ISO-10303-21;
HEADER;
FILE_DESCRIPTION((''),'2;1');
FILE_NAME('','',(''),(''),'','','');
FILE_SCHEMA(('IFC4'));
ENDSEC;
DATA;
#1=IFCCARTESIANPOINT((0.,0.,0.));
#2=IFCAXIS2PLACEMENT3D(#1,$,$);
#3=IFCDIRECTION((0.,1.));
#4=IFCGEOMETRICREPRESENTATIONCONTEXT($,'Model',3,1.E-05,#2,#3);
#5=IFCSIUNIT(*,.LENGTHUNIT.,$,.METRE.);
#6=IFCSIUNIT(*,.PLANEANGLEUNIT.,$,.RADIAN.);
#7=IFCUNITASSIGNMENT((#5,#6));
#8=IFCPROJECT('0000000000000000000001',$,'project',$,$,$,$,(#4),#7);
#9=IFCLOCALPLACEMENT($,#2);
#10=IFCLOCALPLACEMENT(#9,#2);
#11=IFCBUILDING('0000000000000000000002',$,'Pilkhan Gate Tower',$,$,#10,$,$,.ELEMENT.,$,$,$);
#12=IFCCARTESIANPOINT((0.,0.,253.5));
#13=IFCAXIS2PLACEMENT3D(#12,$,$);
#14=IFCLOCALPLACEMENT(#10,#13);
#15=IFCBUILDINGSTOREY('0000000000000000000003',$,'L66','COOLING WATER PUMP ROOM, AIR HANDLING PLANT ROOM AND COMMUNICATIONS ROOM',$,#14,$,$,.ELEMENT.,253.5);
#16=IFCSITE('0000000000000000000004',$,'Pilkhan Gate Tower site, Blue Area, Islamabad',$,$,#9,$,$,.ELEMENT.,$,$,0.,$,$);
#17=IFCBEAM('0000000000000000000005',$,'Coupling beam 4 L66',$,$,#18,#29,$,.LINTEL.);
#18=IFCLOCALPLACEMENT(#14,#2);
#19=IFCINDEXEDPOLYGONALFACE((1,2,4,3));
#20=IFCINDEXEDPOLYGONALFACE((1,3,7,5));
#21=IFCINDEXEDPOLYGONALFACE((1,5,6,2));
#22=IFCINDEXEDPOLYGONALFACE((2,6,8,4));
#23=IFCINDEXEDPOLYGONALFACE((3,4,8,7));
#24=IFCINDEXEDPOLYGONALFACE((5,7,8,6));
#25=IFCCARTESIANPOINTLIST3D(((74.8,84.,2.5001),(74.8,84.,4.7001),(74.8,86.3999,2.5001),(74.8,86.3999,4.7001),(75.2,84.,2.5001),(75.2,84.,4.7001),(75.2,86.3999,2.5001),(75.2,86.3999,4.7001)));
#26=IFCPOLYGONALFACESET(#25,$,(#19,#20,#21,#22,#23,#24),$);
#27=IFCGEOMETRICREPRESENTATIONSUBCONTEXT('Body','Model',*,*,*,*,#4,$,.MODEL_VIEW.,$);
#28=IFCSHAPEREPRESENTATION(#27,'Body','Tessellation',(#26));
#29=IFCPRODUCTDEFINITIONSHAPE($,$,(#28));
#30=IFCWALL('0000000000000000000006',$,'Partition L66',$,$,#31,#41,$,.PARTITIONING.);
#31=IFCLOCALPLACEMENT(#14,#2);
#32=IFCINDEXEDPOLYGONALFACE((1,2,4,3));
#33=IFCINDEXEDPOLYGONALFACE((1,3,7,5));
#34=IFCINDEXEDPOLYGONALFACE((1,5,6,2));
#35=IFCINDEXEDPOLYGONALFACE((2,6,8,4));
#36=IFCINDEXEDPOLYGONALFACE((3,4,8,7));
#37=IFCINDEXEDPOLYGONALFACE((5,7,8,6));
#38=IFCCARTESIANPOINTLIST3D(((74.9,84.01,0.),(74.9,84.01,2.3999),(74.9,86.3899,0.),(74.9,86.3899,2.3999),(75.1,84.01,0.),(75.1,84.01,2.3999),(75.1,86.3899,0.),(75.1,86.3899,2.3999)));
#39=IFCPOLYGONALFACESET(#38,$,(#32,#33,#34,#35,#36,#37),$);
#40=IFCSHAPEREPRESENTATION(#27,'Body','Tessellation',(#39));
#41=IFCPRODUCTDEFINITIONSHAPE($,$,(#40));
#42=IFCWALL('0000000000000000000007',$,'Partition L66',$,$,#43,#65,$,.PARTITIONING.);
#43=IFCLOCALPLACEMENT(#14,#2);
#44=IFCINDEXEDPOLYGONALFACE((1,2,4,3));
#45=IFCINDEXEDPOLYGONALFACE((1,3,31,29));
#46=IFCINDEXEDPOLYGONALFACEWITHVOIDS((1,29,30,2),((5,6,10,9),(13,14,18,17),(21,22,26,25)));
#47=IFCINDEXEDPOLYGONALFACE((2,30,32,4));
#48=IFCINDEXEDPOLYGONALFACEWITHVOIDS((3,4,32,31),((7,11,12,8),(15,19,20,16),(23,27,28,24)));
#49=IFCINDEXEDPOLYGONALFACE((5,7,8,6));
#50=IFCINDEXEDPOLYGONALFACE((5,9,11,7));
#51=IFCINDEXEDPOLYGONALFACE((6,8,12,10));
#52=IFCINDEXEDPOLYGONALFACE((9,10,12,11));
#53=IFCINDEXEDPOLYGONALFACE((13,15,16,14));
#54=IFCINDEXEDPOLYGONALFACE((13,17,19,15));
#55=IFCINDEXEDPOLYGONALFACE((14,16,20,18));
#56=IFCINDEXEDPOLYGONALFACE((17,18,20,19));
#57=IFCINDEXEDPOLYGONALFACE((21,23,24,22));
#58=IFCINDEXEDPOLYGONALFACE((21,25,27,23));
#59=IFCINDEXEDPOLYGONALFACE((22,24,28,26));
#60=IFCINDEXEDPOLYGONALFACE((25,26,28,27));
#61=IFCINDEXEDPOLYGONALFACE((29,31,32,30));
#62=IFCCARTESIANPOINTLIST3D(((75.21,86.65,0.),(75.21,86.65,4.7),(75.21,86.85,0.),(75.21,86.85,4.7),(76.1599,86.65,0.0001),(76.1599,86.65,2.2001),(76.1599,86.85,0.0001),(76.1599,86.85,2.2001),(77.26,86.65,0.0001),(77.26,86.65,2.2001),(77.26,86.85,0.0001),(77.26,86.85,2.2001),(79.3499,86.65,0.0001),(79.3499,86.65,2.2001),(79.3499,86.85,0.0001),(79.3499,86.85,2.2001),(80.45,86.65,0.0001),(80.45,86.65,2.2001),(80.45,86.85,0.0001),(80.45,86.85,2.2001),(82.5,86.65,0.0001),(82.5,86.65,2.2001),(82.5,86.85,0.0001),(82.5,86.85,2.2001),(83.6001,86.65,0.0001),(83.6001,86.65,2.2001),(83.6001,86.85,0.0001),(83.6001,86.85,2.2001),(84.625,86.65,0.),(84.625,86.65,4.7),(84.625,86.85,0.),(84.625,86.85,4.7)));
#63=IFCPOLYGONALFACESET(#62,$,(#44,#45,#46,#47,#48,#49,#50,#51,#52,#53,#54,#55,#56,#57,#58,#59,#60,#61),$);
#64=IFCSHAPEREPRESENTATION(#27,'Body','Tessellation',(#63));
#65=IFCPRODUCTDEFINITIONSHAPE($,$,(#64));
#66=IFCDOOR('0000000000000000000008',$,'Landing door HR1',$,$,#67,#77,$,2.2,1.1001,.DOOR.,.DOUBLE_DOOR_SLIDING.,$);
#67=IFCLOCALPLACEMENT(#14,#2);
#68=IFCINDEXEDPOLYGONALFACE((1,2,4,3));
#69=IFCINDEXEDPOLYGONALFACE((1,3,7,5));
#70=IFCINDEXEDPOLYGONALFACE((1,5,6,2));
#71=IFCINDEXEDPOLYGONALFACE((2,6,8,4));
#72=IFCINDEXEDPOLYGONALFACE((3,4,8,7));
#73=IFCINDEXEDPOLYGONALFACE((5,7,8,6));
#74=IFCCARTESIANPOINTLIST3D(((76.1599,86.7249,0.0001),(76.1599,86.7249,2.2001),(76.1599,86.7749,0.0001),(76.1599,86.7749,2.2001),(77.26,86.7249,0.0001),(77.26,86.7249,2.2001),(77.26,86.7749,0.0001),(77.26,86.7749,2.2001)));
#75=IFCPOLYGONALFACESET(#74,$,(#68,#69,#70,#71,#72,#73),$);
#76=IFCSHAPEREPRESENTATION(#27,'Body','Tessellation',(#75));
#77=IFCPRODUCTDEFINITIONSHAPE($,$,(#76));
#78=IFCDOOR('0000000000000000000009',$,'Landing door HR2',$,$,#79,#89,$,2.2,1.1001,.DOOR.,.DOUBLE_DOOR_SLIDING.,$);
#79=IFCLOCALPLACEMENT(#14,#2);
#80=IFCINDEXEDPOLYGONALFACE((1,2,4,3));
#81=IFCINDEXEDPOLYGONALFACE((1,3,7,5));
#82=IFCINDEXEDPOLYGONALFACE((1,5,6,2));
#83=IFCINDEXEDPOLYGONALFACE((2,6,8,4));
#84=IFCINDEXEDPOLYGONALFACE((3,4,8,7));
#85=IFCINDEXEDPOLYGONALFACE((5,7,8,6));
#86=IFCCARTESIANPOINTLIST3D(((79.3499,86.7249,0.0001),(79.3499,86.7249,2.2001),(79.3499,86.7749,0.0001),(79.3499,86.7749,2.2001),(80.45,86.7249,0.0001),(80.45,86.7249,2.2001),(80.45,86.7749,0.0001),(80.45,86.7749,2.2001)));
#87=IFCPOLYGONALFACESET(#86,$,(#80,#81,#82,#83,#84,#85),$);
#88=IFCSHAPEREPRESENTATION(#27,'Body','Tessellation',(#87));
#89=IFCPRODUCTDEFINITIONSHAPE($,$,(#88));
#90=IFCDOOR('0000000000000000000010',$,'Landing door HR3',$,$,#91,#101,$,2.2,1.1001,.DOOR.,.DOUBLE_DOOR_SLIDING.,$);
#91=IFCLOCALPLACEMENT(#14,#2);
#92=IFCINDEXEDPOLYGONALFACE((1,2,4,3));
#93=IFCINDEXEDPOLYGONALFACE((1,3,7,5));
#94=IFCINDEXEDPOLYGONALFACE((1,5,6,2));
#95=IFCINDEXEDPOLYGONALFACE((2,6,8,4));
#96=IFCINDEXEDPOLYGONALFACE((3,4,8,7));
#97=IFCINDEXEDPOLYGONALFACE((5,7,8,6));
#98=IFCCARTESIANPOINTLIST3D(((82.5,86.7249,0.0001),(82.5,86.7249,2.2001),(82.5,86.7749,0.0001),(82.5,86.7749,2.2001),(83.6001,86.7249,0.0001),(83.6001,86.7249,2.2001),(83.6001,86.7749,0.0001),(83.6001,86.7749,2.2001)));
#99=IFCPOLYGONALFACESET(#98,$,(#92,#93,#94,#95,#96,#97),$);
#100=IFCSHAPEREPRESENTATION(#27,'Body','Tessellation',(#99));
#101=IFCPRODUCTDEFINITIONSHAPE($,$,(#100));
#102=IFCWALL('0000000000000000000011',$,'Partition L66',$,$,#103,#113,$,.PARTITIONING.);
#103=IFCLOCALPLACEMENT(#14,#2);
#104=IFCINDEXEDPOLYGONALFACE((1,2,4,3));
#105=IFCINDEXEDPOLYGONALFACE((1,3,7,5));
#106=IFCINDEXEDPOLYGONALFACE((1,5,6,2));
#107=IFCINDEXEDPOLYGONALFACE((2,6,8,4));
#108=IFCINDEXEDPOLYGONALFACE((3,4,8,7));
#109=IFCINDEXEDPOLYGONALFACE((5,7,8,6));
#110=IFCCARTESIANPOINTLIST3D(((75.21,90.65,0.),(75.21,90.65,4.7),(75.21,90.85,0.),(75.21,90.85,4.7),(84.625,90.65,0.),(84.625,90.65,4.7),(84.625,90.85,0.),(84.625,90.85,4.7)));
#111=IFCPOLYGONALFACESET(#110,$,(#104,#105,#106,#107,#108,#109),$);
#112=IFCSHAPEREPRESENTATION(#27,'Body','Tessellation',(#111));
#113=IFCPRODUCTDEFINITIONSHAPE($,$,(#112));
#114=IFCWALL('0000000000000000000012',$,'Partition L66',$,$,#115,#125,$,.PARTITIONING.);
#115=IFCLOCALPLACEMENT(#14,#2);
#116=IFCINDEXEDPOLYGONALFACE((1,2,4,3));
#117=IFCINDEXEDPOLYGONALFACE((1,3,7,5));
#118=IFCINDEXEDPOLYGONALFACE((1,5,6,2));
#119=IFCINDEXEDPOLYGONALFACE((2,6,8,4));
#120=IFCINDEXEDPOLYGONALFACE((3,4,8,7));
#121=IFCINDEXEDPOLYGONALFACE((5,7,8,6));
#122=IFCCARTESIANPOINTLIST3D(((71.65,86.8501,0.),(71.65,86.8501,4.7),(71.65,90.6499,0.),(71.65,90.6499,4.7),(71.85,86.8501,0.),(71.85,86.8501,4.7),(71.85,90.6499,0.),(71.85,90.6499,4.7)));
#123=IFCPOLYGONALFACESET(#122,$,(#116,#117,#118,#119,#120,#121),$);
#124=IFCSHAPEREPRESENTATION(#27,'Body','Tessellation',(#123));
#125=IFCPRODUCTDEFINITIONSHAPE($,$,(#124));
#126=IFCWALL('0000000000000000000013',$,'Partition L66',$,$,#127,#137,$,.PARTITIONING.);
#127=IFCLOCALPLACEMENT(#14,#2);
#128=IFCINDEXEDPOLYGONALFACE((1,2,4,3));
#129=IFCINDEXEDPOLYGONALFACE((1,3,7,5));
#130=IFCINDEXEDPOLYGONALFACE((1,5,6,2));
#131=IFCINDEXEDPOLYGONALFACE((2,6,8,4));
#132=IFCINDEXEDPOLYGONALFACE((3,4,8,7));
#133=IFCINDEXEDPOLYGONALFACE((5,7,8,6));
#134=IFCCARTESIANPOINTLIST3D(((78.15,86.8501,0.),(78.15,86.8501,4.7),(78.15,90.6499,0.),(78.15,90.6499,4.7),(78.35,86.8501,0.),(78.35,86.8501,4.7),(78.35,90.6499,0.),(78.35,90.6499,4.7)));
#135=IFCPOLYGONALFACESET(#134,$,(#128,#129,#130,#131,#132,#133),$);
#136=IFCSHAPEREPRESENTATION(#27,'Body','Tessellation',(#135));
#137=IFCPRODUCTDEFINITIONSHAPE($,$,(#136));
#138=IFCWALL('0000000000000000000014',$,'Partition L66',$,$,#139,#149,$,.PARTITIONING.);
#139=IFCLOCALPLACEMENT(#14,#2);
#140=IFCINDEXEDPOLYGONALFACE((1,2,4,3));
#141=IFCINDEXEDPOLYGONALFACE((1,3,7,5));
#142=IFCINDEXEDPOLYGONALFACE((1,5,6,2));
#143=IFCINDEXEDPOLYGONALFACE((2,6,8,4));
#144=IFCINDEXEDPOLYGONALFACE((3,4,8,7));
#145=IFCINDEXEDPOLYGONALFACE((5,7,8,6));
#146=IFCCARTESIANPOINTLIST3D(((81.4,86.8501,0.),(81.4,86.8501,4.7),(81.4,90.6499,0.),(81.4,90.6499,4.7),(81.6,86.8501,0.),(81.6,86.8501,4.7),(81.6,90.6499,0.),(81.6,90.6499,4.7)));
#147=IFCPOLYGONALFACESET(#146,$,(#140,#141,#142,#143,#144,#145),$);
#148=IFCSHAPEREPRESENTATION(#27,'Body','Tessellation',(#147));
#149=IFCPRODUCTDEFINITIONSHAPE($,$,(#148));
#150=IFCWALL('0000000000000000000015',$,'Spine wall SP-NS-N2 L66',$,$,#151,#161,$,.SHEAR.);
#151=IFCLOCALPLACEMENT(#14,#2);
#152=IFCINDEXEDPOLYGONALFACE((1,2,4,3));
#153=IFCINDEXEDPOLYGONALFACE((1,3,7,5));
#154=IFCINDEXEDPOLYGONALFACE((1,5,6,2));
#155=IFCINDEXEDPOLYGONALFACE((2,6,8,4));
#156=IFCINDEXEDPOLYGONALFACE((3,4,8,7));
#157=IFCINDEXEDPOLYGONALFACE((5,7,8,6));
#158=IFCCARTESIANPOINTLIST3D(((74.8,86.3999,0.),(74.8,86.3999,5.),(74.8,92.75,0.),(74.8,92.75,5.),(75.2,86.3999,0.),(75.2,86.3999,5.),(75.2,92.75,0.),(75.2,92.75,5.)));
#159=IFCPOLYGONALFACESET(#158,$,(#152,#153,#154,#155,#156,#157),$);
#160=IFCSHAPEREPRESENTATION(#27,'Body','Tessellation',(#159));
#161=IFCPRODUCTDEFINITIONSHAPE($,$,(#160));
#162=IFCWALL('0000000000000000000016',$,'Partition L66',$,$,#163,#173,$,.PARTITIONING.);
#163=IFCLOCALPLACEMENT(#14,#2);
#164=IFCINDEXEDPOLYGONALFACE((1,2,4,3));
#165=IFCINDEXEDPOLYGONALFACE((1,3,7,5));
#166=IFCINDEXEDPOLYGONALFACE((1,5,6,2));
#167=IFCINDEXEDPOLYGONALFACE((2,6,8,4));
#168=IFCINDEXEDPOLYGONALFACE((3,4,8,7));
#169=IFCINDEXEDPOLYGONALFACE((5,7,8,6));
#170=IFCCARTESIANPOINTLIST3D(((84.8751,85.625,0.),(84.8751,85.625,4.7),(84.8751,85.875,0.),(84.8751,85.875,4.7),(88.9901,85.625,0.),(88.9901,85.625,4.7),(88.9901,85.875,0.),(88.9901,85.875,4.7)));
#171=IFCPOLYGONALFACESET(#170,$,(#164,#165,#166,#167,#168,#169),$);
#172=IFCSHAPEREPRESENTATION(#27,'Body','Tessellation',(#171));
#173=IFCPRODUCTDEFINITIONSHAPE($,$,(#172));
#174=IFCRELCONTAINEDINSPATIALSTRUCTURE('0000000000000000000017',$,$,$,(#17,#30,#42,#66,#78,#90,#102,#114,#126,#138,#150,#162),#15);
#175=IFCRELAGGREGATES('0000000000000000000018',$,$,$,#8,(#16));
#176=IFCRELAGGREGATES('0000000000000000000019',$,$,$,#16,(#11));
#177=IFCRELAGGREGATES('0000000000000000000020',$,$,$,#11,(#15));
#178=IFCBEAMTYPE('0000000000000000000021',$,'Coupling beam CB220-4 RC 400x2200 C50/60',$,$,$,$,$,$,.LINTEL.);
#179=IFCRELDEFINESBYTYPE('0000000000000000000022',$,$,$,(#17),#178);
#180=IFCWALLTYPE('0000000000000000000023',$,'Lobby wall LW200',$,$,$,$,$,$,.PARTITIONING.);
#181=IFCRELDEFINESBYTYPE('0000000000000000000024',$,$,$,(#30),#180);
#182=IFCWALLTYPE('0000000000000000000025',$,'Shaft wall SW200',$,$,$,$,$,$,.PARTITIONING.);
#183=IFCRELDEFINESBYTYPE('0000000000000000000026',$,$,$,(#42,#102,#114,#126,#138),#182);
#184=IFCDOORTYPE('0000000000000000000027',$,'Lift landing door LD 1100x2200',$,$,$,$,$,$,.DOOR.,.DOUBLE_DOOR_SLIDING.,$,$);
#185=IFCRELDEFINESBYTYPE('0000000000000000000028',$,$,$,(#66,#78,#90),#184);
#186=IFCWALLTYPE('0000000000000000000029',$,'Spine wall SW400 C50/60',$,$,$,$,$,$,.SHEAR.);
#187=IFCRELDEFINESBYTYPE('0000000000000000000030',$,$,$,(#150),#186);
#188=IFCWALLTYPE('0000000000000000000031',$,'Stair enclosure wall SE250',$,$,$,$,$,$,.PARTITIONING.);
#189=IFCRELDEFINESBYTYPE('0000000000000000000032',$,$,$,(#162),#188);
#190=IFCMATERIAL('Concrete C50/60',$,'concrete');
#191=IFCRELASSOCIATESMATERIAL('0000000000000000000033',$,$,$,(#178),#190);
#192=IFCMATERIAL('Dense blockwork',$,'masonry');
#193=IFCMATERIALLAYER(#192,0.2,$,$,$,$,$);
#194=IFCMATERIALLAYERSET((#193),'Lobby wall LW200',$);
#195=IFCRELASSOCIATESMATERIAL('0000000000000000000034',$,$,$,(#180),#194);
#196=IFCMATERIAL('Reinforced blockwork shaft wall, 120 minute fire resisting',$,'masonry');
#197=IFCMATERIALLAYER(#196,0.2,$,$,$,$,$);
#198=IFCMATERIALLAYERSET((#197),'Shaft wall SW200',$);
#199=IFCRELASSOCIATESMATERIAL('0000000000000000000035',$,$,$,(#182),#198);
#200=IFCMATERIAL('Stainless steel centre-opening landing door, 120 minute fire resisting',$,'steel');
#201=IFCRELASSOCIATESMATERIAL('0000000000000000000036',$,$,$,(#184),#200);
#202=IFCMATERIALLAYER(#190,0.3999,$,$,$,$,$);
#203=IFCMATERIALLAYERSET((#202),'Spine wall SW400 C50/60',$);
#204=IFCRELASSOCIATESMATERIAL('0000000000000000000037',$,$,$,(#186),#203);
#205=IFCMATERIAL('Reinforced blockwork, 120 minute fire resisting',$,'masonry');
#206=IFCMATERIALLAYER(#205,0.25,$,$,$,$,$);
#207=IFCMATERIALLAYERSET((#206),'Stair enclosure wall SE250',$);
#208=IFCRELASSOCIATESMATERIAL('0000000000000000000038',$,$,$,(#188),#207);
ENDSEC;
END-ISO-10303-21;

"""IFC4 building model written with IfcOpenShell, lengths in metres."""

from ifc_helpers import new_model, si_unit, direction, frame, frame_2d, origin, origin_2d, place, context, subcontext, project, spatial, rectangle, extrude, material, layer, layer_set, material_profile, profile_set, type_object, element, fill, save


model = new_model("IFC4")

# Units and contexts
model_context = context("Model", 3, precision=1e-05, world=origin(), true_north=direction((0.0, 1.0)))
body_context = subcontext(model_context, "Body", "Model", "MODEL_VIEW")
ifc_project = project(units=[si_unit("LENGTHUNIT", "METRE"), si_unit("PLANEANGLEUNIT", "RADIAN")], contexts=[model_context])

# Site, building, storey
site_placement = place(None, origin())
site = spatial("IfcSite", under=ifc_project, at=site_placement, Name="Pilkhan Gate Tower site, Blue Area, Islamabad", CompositionType="ELEMENT", RefElevation=0.0)
building_placement = place(site_placement, origin())
building = spatial("IfcBuilding", under=site, at=building_placement, Name="Pilkhan Gate Tower", CompositionType="ELEMENT")
storey_placement = place(building_placement, frame((0.0, 0.0, 253.5)))
storey = spatial("IfcBuildingStorey", under=building, at=storey_placement, Name="L66", Description="COOLING WATER PUMP ROOM, AIR HANDLING PLANT ROOM AND COMMUNICATIONS ROOM", CompositionType="ELEMENT", Elevation=253.5)

# Beam
ifc_material_1 = material(Name="Concrete C50/60", Category="concrete")
ifc_material_profile = material_profile(ifc_material_1, rectangle(XDim=0.3999, YDim=2.2, at=origin_2d()), Name="RC 400x2200")
ifc_profile_set = profile_set([ifc_material_profile], Name="Concrete C50/60")
beam_type = type_object("IfcBeamType", Name="Coupling beam CB220-4 RC 400x2200 C50/60", PredefinedType="LINTEL", material=ifc_profile_set)
beam_placement = place(storey_placement, frame((75.0, 84.0, 3.6001), z_axis=(0.0, 1.0, 0.0), x_axis=(-1.0, 0.0, 0.0)))
element("IfcBeam", 1, at=beam_placement, inside=storey, type_object=beam_type, Name="Coupling beam 4 L66", PredefinedType="LINTEL", context=body_context, shape_type="SweptSolid", body=[
    extrude(rectangle(XDim=0.3999, YDim=2.2, at=origin_2d()), origin(), (0.0, 0.0, 1.0), 2.3999),
])

# Wall
ifc_material_2 = material(Name="Dense blockwork", Category="masonry")
ifc_layer_1 = layer(ifc_material_2, 0.2)
ifc_layer_set_1 = layer_set([ifc_layer_1], Name="Lobby wall LW200")
wall_type_1 = type_object("IfcWallType", Name="Lobby wall LW200", PredefinedType="PARTITIONING", material=ifc_layer_set_1)
wall_1_placement = place(storey_placement, frame((75.0, 84.01, 0.0), z_axis=(0.0, 0.0, 1.0), x_axis=(0.0, 1.0, 0.0)))
element("IfcWall", 2, at=wall_1_placement, inside=storey, type_object=wall_type_1, Name="Partition L66", PredefinedType="PARTITIONING", context=body_context, shape_type="SweptSolid", body=[
    extrude(rectangle(XDim=2.3799, YDim=0.2, at=frame_2d((1.1899, 0.0))), origin(), (0.0, 0.0, 1.0), 2.3999),
])

# Wall, openings, doors
ifc_material_3 = material(Name="Reinforced blockwork shaft wall, 120 minute fire resisting", Category="masonry")
ifc_layer_2 = layer(ifc_material_3, 0.2)
ifc_layer_set_2 = layer_set([ifc_layer_2], Name="Shaft wall SW200")
wall_type_2 = type_object("IfcWallType", Name="Shaft wall SW200", PredefinedType="PARTITIONING", material=ifc_layer_set_2)
wall_2_placement = place(storey_placement, frame((75.21, 86.75, 0.0), z_axis=(0.0, 0.0, 1.0), x_axis=(1.0, 0.0, 0.0)))
wall_2 = element("IfcWall", 3, at=wall_2_placement, inside=storey, type_object=wall_type_2, Name="Partition L66", PredefinedType="PARTITIONING", context=body_context, shape_type="SweptSolid", body=[
    extrude(rectangle(XDim=9.415, YDim=0.2, at=frame_2d((4.7075, 0.0))), origin(), (0.0, 0.0, 1.0), 4.7),
])
opening_1_placement = place(wall_2_placement, frame((0.95, 0.0, 0.0)))
opening_1 = element("IfcOpeningElement", 4, at=opening_1_placement, cuts=wall_2, PredefinedType="OPENING", context=body_context, shape_type="SweptSolid", body=[
    extrude(rectangle(XDim=1.1001, YDim=2.2, at=frame_2d((0.55, 1.1001))), frame((0.0, 0.1099, 0.0), z_axis=(0.0, -1.0, 0.0), x_axis=(1.0, 0.0, 0.0)), (0.0, 0.0, 1.0), 0.22),
])
opening_2_placement = place(wall_2_placement, frame((4.1399, 0.0, 0.0)))
opening_2 = element("IfcOpeningElement", 5, at=opening_2_placement, cuts=wall_2, PredefinedType="OPENING", context=body_context, shape_type="SweptSolid", body=[
    extrude(rectangle(XDim=1.1001, YDim=2.2, at=frame_2d((0.55, 1.1001))), frame((0.0, 0.1099, 0.0), z_axis=(0.0, -1.0, 0.0), x_axis=(1.0, 0.0, 0.0)), (0.0, 0.0, 1.0), 0.22),
])
opening_3_placement = place(wall_2_placement, frame((7.29, 0.0, 0.0)))
opening_3 = element("IfcOpeningElement", 6, at=opening_3_placement, cuts=wall_2, PredefinedType="OPENING", context=body_context, shape_type="SweptSolid", body=[
    extrude(rectangle(XDim=1.1001, YDim=2.2, at=frame_2d((0.55, 1.1001))), frame((0.0, 0.1099, 0.0), z_axis=(0.0, -1.0, 0.0), x_axis=(1.0, 0.0, 0.0)), (0.0, 0.0, 1.0), 0.22),
])
ifc_material_4 = material(Name="Stainless steel centre-opening landing door, 120 minute fire resisting", Category="steel")
door_type = type_object("IfcDoorType", Name="Lift landing door LD 1100x2200", OperationType="DOUBLE_DOOR_SLIDING", PredefinedType="DOOR", material=ifc_material_4)
door_1_placement = place(opening_1_placement, origin())
door_1 = element("IfcDoor", 7, at=door_1_placement, inside=storey, type_object=door_type, Name="Landing door HR1", OperationType="DOUBLE_DOOR_SLIDING", OverallHeight=2.2, OverallWidth=1.1001, PredefinedType="DOOR", context=body_context, shape_type="SweptSolid", body=[
    extrude(rectangle(XDim=1.1001, YDim=2.2, at=frame_2d((0.55, 1.1001))), frame((0.0, 0.0249, 0.0), z_axis=(0.0, -1.0, 0.0), x_axis=(1.0, 0.0, 0.0)), (0.0, 0.0, 1.0), 0.05),
])
fill(opening_1, door_1)
door_2_placement = place(opening_2_placement, origin())
door_2 = element("IfcDoor", 8, at=door_2_placement, inside=storey, type_object=door_type, Name="Landing door HR2", OperationType="DOUBLE_DOOR_SLIDING", OverallHeight=2.2, OverallWidth=1.1001, PredefinedType="DOOR", context=body_context, shape_type="SweptSolid", body=[
    extrude(rectangle(XDim=1.1001, YDim=2.2, at=frame_2d((0.55, 1.1001))), frame((0.0, 0.0249, 0.0), z_axis=(0.0, -1.0, 0.0), x_axis=(1.0, 0.0, 0.0)), (0.0, 0.0, 1.0), 0.05),
])
fill(opening_2, door_2)
door_3_placement = place(opening_3_placement, origin())
door_3 = element("IfcDoor", 9, at=door_3_placement, inside=storey, type_object=door_type, Name="Landing door HR3", OperationType="DOUBLE_DOOR_SLIDING", OverallHeight=2.2, OverallWidth=1.1001, PredefinedType="DOOR", context=body_context, shape_type="SweptSolid", body=[
    extrude(rectangle(XDim=1.1001, YDim=2.2, at=frame_2d((0.55, 1.1001))), frame((0.0, 0.0249, 0.0), z_axis=(0.0, -1.0, 0.0), x_axis=(1.0, 0.0, 0.0)), (0.0, 0.0, 1.0), 0.05),
])
fill(opening_3, door_3)

# Walls
wall_3_placement = place(storey_placement, frame((75.21, 90.75, 0.0), z_axis=(0.0, 0.0, 1.0), x_axis=(1.0, 0.0, 0.0)))
element("IfcWall", 10, at=wall_3_placement, inside=storey, type_object=wall_type_2, Name="Partition L66", PredefinedType="PARTITIONING", context=body_context, shape_type="SweptSolid", body=[
    extrude(rectangle(XDim=9.415, YDim=0.2, at=frame_2d((4.7075, 0.0))), origin(), (0.0, 0.0, 1.0), 4.7),
])
for number, where, z_axis, x_axis, name in (
    (11, (71.75, 86.8501, 0.0), (0.0, 0.0, 1.0), (0.0, 1.0, 0.0), "Partition L66"),
    (12, (78.25, 86.8501, 0.0), (0.0, 0.0, 1.0), (0.0, 1.0, 0.0), "Partition L66"),
    (13, (81.5, 86.8501, 0.0), (0.0, 0.0, 1.0), (0.0, 1.0, 0.0), "Partition L66"),
):
    element("IfcWall", number, at=place(storey_placement, frame(where, z_axis=z_axis, x_axis=x_axis)), inside=storey, type_object=wall_type_2, Name=name, PredefinedType="PARTITIONING", context=body_context, shape_type="SweptSolid", body=[
        extrude(rectangle(XDim=3.7998, YDim=0.2, at=frame_2d((1.8999, 0.0))), origin(), (0.0, 0.0, 1.0), 4.7),
    ])
ifc_layer_3 = layer(ifc_material_1, 0.3999)
ifc_layer_set_3 = layer_set([ifc_layer_3], Name="Spine wall SW400 C50/60")
wall_type_3 = type_object("IfcWallType", Name="Spine wall SW400 C50/60", PredefinedType="SHEAR", material=ifc_layer_set_3)
wall_4_placement = place(storey_placement, frame((75.0, 86.3999, 0.0), z_axis=(0.0, 0.0, 1.0), x_axis=(0.0, 1.0, 0.0)))
element("IfcWall", 14, at=wall_4_placement, inside=storey, type_object=wall_type_3, Name="Spine wall SP-NS-N2 L66", PredefinedType="SHEAR", context=body_context, shape_type="SweptSolid", body=[
    extrude(rectangle(XDim=6.3501, YDim=0.3999, at=frame_2d((3.175, 0.0))), origin(), (0.0, 0.0, 1.0), 5.0),
])
ifc_material_5 = material(Name="Reinforced blockwork, 120 minute fire resisting", Category="masonry")
ifc_layer_4 = layer(ifc_material_5, 0.25)
ifc_layer_set_4 = layer_set([ifc_layer_4], Name="Stair enclosure wall SE250")
wall_type_4 = type_object("IfcWallType", Name="Stair enclosure wall SE250", PredefinedType="PARTITIONING", material=ifc_layer_set_4)
wall_5_placement = place(storey_placement, frame((84.875, 85.75, 0.0), z_axis=(0.0, 0.0, 1.0), x_axis=(1.0, 0.0, 0.0)))
element("IfcWall", 15, at=wall_5_placement, inside=storey, type_object=wall_type_4, Name="Partition L66", PredefinedType="PARTITIONING", context=body_context, shape_type="SweptSolid", body=[
    extrude(rectangle(XDim=4.115, YDim=0.25, at=frame_2d((2.0576, 0.0))), origin(), (0.0, 0.0, 1.0), 4.7),
])

save(model, "model.ifc")
